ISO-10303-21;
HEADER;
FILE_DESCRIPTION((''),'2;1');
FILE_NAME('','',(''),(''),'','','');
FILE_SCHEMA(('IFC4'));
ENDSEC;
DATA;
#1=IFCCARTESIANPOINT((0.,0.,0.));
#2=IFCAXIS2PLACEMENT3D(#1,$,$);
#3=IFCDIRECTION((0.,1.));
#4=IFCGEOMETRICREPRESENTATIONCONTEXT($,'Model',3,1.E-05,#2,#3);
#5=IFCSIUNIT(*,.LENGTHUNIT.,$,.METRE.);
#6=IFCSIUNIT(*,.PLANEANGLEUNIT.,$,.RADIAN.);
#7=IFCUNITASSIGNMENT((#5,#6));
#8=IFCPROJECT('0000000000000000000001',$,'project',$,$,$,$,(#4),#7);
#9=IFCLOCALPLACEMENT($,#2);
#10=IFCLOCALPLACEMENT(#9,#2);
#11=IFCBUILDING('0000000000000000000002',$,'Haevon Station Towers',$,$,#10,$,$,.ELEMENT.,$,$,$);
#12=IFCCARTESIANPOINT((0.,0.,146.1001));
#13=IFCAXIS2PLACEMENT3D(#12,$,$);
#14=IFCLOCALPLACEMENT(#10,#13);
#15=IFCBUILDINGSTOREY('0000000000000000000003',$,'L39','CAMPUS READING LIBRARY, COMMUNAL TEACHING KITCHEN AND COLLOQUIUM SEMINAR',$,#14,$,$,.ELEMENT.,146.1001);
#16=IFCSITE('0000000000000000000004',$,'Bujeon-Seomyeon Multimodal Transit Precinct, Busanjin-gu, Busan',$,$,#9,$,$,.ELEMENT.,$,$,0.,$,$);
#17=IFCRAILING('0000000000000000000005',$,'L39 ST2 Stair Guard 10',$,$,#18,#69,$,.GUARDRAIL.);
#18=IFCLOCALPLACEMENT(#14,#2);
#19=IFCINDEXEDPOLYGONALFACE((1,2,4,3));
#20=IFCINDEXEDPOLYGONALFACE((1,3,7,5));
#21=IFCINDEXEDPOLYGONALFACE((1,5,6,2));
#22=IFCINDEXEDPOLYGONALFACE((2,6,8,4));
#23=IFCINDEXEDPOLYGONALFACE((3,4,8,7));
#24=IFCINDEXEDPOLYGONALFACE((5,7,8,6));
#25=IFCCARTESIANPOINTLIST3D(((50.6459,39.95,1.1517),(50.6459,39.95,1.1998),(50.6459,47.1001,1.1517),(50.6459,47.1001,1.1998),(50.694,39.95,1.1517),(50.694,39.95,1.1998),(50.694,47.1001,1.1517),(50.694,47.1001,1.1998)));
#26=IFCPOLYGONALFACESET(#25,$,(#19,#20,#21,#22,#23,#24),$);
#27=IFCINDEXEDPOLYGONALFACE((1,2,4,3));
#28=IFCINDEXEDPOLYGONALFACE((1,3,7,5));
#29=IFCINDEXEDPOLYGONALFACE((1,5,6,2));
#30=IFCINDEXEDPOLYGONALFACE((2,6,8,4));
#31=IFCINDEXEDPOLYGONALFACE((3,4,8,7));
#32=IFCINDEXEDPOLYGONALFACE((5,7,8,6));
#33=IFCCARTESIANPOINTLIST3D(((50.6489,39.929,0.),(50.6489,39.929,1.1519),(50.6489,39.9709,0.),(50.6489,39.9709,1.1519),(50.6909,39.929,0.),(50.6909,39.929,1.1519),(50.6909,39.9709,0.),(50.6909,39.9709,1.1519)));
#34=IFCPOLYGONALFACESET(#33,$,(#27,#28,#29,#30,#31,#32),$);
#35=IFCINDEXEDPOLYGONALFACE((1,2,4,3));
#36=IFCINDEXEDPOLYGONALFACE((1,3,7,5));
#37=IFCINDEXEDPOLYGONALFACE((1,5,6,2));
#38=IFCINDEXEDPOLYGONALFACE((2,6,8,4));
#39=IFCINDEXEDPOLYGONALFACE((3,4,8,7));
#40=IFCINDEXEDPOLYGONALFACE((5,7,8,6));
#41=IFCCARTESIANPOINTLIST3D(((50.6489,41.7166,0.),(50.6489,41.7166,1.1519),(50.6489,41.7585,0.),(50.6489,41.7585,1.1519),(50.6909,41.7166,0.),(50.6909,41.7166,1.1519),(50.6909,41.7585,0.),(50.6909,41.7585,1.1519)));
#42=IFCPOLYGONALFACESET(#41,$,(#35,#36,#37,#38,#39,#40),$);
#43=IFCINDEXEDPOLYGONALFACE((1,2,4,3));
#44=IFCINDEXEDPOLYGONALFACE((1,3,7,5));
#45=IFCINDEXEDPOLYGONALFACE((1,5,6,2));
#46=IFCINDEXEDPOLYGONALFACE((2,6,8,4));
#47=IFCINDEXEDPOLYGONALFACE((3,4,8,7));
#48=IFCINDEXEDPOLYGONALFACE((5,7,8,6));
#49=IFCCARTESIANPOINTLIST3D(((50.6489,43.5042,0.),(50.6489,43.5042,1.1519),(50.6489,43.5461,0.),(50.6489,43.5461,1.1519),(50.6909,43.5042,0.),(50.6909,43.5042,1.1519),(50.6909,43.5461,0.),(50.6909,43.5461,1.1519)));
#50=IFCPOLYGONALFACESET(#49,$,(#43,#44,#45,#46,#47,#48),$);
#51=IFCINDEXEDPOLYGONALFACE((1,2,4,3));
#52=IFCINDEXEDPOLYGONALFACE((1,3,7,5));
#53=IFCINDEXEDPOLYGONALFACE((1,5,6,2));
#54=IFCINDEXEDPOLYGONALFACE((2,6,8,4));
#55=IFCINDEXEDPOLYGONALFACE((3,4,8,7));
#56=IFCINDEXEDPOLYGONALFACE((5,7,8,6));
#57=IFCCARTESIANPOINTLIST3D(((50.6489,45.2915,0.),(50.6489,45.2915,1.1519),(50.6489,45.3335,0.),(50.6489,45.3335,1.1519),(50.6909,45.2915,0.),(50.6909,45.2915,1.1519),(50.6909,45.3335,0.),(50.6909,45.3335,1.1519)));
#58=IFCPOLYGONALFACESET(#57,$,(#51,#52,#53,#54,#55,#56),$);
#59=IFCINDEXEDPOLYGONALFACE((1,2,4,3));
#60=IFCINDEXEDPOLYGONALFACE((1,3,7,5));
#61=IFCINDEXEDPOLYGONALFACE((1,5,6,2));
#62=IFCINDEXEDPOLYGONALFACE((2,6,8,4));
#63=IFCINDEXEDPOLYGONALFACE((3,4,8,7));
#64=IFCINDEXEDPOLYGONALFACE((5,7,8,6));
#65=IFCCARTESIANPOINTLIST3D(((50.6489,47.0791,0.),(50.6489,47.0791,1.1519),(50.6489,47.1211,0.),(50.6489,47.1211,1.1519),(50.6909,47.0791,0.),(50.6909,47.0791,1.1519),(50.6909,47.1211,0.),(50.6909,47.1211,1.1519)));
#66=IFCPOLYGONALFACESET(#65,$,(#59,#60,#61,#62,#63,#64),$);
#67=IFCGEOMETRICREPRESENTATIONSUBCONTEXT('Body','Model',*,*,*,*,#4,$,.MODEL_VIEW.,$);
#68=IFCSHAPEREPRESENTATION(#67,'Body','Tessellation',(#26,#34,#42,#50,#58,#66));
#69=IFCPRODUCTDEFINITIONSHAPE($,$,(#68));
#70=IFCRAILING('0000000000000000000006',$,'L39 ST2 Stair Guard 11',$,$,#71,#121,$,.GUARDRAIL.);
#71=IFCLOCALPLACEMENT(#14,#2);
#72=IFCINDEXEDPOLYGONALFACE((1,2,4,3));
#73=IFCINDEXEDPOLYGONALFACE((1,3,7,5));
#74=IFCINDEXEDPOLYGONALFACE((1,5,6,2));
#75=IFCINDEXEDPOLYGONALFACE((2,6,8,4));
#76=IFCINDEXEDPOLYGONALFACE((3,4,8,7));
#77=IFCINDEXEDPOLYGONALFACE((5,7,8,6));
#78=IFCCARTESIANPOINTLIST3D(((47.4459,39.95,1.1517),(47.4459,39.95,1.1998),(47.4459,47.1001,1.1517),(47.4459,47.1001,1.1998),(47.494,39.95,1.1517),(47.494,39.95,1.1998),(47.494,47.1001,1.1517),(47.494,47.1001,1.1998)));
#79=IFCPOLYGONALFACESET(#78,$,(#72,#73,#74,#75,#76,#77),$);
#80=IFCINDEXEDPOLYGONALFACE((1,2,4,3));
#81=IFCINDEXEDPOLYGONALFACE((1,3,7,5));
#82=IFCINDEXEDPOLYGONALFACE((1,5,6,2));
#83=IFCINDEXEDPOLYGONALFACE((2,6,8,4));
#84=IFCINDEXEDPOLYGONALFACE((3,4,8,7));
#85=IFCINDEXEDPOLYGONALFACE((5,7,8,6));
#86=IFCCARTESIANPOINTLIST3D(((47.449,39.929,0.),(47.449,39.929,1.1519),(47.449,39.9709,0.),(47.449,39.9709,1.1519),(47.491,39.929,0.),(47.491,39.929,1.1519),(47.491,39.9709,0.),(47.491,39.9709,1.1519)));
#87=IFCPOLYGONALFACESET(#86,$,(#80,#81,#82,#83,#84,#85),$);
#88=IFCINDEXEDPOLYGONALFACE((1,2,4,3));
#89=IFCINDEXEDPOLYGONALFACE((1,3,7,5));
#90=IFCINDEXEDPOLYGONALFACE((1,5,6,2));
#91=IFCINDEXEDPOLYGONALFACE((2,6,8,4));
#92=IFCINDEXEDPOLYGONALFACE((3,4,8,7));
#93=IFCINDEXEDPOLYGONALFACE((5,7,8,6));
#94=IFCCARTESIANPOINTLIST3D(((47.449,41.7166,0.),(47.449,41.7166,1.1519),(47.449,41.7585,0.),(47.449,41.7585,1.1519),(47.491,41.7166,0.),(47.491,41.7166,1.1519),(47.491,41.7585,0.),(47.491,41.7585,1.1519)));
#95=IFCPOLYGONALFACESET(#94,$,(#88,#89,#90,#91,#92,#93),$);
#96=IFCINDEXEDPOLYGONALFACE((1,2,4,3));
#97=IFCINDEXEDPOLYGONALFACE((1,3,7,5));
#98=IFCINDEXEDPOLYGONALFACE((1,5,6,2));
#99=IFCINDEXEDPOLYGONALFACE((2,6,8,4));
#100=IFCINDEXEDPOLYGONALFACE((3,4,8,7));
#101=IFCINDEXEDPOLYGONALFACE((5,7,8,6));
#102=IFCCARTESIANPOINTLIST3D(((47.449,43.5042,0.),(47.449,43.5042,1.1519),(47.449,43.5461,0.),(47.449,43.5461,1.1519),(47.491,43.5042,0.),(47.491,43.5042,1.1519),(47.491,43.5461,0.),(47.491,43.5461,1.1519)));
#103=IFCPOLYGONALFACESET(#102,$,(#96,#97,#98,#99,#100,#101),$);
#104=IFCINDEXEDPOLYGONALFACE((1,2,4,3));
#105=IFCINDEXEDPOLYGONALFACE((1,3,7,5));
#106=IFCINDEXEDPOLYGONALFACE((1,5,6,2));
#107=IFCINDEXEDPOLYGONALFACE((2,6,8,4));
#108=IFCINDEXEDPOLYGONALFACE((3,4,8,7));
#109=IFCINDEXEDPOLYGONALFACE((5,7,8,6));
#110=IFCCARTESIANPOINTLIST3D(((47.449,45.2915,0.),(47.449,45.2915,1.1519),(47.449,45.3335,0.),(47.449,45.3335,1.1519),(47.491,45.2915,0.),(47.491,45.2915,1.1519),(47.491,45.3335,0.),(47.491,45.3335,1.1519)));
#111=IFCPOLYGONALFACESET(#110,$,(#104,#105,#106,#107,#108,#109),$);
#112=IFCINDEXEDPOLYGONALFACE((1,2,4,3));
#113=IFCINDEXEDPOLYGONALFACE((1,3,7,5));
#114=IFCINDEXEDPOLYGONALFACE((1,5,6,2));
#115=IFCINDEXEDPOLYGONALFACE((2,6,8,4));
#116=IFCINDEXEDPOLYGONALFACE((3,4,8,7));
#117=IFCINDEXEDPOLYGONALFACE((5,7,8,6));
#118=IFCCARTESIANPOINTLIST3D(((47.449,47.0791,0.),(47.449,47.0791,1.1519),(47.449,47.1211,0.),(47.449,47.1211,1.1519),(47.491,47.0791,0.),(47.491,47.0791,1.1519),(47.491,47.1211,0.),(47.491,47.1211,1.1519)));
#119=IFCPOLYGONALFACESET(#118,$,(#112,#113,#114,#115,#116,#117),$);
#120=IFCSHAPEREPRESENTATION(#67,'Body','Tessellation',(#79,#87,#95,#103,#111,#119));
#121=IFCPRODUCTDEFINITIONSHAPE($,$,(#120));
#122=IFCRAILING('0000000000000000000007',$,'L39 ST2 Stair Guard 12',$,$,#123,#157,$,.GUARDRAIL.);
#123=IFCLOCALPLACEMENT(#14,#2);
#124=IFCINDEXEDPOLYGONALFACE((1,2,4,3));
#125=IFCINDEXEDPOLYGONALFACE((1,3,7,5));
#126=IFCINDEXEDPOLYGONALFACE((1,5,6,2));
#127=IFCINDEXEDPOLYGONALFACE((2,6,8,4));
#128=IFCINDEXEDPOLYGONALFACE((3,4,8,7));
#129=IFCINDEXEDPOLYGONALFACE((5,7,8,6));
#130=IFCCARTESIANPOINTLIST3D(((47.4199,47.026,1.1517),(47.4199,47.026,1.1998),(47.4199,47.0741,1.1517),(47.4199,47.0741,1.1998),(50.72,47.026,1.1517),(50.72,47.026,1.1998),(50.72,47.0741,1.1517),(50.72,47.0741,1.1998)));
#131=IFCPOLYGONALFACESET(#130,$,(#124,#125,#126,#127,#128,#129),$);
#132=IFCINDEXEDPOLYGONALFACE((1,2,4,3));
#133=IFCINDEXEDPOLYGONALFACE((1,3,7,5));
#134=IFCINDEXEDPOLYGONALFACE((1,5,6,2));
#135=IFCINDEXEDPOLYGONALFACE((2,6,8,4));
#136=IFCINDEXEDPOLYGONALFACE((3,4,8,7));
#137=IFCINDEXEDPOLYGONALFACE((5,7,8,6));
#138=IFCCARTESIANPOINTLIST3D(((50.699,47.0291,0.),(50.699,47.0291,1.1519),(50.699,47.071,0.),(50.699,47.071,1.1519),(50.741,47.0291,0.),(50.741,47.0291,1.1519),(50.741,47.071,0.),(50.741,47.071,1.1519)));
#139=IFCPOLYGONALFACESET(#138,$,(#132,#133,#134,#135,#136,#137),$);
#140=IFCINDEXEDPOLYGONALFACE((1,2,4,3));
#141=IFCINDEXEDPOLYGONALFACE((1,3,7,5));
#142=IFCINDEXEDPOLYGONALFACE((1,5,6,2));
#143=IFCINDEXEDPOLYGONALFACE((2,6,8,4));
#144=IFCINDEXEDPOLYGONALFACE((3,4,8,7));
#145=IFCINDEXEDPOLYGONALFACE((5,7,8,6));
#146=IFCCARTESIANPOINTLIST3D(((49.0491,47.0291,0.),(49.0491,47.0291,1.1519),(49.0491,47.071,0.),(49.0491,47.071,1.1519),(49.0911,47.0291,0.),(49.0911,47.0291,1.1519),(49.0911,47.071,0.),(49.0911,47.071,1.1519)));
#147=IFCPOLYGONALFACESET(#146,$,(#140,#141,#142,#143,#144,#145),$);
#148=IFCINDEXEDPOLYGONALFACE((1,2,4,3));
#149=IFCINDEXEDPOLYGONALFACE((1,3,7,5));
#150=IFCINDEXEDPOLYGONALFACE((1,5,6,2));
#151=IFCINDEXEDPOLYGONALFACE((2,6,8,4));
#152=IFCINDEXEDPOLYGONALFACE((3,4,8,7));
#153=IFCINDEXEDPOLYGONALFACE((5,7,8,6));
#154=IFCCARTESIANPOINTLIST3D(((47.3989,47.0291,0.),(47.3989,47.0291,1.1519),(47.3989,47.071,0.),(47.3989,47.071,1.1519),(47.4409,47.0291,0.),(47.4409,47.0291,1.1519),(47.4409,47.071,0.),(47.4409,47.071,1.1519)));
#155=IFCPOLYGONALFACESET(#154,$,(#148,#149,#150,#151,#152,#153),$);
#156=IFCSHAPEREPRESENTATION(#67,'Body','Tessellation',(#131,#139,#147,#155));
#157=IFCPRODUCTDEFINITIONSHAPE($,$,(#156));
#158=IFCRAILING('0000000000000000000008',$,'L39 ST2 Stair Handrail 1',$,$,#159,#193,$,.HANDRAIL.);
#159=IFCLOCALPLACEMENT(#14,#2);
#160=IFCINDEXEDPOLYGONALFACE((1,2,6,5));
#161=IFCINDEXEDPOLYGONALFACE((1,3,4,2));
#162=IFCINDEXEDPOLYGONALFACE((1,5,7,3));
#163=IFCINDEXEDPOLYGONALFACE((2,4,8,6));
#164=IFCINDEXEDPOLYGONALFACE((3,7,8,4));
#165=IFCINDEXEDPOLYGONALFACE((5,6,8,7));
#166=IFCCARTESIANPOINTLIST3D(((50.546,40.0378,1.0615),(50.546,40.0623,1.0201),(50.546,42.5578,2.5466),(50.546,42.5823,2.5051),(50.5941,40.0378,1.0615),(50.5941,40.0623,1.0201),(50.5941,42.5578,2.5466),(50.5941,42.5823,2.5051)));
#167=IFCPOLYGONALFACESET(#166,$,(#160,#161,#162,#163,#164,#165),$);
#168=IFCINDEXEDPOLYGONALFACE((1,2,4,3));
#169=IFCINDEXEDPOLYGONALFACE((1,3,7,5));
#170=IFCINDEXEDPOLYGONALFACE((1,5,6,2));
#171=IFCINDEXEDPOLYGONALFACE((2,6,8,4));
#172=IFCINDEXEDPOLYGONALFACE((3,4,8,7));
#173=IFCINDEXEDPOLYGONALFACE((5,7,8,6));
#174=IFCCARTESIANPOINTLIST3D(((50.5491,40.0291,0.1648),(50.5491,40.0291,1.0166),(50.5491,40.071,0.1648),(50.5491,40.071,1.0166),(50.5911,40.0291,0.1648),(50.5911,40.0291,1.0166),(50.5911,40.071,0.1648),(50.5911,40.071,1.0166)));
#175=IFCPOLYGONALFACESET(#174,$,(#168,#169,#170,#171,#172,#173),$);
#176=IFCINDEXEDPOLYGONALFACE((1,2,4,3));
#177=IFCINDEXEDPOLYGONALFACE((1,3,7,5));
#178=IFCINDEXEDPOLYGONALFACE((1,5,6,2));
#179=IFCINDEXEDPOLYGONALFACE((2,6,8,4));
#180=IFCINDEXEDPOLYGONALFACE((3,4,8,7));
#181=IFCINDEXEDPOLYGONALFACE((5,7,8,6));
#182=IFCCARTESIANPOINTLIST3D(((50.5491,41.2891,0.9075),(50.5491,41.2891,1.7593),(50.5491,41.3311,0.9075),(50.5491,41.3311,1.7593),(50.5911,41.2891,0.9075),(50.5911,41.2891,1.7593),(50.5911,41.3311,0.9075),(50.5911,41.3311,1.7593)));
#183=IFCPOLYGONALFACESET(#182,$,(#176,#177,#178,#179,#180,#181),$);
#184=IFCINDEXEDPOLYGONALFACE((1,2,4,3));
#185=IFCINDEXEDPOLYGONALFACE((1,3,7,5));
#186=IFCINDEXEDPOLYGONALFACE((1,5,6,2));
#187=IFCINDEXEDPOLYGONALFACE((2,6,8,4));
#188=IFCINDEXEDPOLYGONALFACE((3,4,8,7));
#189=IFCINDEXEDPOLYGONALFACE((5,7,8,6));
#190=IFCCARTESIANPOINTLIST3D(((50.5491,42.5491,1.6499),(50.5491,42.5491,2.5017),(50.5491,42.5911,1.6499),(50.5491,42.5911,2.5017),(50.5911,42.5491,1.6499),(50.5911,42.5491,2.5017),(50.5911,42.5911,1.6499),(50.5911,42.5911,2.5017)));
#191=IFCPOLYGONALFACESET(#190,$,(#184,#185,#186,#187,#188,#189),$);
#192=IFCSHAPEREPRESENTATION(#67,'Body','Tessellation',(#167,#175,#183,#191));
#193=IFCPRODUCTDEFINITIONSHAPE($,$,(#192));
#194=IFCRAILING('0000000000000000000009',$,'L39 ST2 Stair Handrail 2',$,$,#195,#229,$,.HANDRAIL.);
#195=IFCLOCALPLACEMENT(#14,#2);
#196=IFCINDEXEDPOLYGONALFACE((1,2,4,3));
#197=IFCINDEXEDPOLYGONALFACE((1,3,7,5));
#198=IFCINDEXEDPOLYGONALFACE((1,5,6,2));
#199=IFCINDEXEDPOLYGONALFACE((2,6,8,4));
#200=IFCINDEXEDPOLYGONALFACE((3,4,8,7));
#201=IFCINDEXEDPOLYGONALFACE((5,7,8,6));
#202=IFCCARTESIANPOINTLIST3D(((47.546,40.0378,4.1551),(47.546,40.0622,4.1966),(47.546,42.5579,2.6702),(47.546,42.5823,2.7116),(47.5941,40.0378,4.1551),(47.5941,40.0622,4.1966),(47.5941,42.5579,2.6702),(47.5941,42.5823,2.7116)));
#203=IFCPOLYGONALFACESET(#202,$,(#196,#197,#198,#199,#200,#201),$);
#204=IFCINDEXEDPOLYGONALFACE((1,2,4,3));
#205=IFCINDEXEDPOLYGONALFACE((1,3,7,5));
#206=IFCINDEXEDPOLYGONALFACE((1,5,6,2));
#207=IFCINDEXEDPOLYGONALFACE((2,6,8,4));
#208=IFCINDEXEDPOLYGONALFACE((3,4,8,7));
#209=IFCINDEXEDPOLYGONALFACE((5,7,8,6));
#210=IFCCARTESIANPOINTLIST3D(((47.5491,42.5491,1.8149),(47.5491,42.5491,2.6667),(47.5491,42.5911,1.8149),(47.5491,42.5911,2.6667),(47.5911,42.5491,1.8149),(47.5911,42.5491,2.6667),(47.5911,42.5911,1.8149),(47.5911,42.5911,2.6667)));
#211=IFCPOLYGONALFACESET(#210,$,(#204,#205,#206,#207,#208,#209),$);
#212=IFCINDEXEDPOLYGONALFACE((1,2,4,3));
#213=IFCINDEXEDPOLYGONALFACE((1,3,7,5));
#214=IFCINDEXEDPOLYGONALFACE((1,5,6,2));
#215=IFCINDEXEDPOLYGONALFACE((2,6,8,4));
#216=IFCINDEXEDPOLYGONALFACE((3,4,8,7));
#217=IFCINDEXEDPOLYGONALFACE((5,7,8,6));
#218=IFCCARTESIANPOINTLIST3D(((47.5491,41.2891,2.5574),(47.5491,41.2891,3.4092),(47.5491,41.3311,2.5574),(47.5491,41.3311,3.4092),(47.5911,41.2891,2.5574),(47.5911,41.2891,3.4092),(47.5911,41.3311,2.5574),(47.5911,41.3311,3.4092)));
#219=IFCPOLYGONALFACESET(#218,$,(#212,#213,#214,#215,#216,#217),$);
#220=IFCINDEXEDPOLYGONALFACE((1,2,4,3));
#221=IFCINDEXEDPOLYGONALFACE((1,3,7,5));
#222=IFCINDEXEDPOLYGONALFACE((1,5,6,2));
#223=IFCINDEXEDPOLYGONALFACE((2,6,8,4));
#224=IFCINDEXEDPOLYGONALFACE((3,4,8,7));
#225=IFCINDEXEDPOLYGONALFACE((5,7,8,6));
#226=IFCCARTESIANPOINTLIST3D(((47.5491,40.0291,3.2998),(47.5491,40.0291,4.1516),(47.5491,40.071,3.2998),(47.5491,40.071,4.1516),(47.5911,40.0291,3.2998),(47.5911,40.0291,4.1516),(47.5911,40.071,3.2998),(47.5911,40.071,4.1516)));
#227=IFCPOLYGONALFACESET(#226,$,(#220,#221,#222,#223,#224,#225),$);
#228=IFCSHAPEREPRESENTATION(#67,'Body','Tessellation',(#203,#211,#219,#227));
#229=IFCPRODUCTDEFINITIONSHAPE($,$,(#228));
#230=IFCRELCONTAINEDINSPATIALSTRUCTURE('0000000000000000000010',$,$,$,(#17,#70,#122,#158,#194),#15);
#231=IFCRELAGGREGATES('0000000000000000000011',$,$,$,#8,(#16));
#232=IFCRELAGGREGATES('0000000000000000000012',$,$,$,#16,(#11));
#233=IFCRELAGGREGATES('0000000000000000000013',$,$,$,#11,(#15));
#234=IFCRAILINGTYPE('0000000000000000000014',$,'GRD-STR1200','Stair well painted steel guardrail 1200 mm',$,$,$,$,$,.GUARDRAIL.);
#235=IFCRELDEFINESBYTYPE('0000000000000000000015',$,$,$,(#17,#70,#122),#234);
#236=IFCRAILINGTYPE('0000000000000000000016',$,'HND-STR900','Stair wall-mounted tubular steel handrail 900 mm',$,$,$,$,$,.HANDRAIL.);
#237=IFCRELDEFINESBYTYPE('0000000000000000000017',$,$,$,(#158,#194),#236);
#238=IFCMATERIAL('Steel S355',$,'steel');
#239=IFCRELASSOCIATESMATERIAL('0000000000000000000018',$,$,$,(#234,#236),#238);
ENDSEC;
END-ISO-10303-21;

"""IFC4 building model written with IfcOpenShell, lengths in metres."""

from ifc_helpers import new_model, si_unit, direction, frame, origin, origin_2d, place, context, subcontext, project, spatial, rectangle, extrude, material, type_object, element, save


model = new_model("IFC4")

# Units and contexts
model_context = context("Model", 3, precision=1e-05, world=origin(), true_north=direction((0.0, 1.0)))
body_context = subcontext(model_context, "Body", "Model", "MODEL_VIEW")
ifc_project = project(units=[si_unit("LENGTHUNIT", "METRE"), si_unit("PLANEANGLEUNIT", "RADIAN")], contexts=[model_context])

# Site, building, storey
site_placement = place(None, origin())
site = spatial("IfcSite", under=ifc_project, at=site_placement, Name="Bujeon-Seomyeon Multimodal Transit Precinct, Busanjin-gu, Busan", CompositionType="ELEMENT", RefElevation=0.0)
building_placement = place(site_placement, origin())
building = spatial("IfcBuilding", under=site, at=building_placement, Name="Haevon Station Towers", CompositionType="ELEMENT")
storey_placement = place(building_placement, frame((0.0, 0.0, 146.1001)))
storey = spatial("IfcBuildingStorey", under=building, at=storey_placement, Name="L39", Description="CAMPUS READING LIBRARY, COMMUNAL TEACHING KITCHEN AND COLLOQUIUM SEMINAR", CompositionType="ELEMENT", Elevation=146.1001)

# Shared definitions
ifc_material_1 = material(Name="Steel S355", Category="steel")

# Railings
railing_type_1 = type_object("IfcRailingType", Name="GRD-STR1200", Description="Stair well painted steel guardrail 1200 mm", PredefinedType="GUARDRAIL", material=ifc_material_1)
for number, where, name in (
    (1, (50.6699, 39.95, 0.0), "L39 ST2 Stair Guard 10"),
    (2, (47.47, 39.95, 0.0), "L39 ST2 Stair Guard 11"),
):
    element("IfcRailing", number, at=place(storey_placement, frame(where)), inside=storey, type_object=railing_type_1, Name=name, PredefinedType="GUARDRAIL", context=body_context, shape_type="SweptSolid", body=[
        extrude(rectangle(XDim=0.0481, YDim=0.0481, at=origin_2d()), frame((0.0, 0.0, 1.1758), z_axis=(0.0, 1.0, 0.0), x_axis=(-1.0, 0.0, 0.0)), (0.0, 0.0, 1.0), 7.1501),
        extrude(rectangle(XDim=0.042, YDim=0.042, at=origin_2d()), origin(), (0.0, 0.0, 1.0), 1.1519),
        extrude(rectangle(XDim=0.042, YDim=0.042, at=origin_2d()), frame((0.0, 1.7876, 0.0)), (0.0, 0.0, 1.0), 1.1519),
        extrude(rectangle(XDim=0.042, YDim=0.042, at=origin_2d()), frame((0.0, 3.5752, 0.0)), (0.0, 0.0, 1.0), 1.1519),
        extrude(rectangle(XDim=0.042, YDim=0.042, at=origin_2d()), frame((0.0, 5.3625, 0.0)), (0.0, 0.0, 1.0), 1.1519),
        extrude(rectangle(XDim=0.042, YDim=0.042, at=origin_2d()), frame((0.0, 7.1501, 0.0)), (0.0, 0.0, 1.0), 1.1519),
    ])
railing_1_placement = place(storey_placement, frame((50.72, 47.05, 0.0)))
element("IfcRailing", 3, at=railing_1_placement, inside=storey, type_object=railing_type_1, Name="L39 ST2 Stair Guard 12", PredefinedType="GUARDRAIL", context=body_context, shape_type="SweptSolid", body=[
    extrude(rectangle(XDim=0.0481, YDim=0.0481, at=origin_2d()), frame((0.0, 0.0, 1.1758), z_axis=(-1.0, 0.0, 0.0), x_axis=(0.0, -1.0, 0.0)), (0.0, 0.0, 1.0), 3.3),
    extrude(rectangle(XDim=0.042, YDim=0.042, at=origin_2d()), origin(), (0.0, 0.0, 1.0), 1.1519),
    extrude(rectangle(XDim=0.042, YDim=0.042, at=origin_2d()), frame((-1.6499, 0.0, 0.0)), (0.0, 0.0, 1.0), 1.1519),
    extrude(rectangle(XDim=0.042, YDim=0.042, at=origin_2d()), frame((-3.3, 0.0, 0.0)), (0.0, 0.0, 1.0), 1.1519),
])
railing_type_2 = type_object("IfcRailingType", Name="HND-STR900", Description="Stair wall-mounted tubular steel handrail 900 mm", PredefinedType="HANDRAIL", material=ifc_material_1)
railing_2_placement = place(storey_placement, frame((50.5701, 40.05, 0.1648)))
element("IfcRailing", 4, at=railing_2_placement, inside=storey, type_object=railing_type_2, Name="L39 ST2 Stair Handrail 1", PredefinedType="HANDRAIL", context=body_context, shape_type="SweptSolid", body=[
    extrude(rectangle(XDim=0.0481, YDim=0.0481, at=origin_2d()), frame((0.0, 0.0, 0.876), z_axis=(0.0, 0.861524, 0.507717), x_axis=(-1.0, 0.0, 0.0)), (0.0, 0.0, 1.0), 2.925),
    extrude(rectangle(XDim=0.042, YDim=0.042, at=origin_2d()), origin(), (0.0, 0.0, 1.0), 0.8518),
    extrude(rectangle(XDim=0.042, YDim=0.042, at=origin_2d()), frame((0.0, 1.26, 0.7427)), (0.0, 0.0, 1.0), 0.8518),
    extrude(rectangle(XDim=0.042, YDim=0.042, at=origin_2d()), frame((0.0, 2.52, 1.4851)), (0.0, 0.0, 1.0), 0.8518),
])
railing_3_placement = place(storey_placement, frame((47.5701, 42.5701, 1.8149)))
element("IfcRailing", 5, at=railing_3_placement, inside=storey, type_object=railing_type_2, Name="L39 ST2 Stair Handrail 2", PredefinedType="HANDRAIL", context=body_context, shape_type="SweptSolid", body=[
    extrude(rectangle(XDim=0.0481, YDim=0.0481, at=origin_2d()), frame((0.0, 0.0, 0.876), z_axis=(0.0, -0.861561, 0.507655), x_axis=(1.0, 0.0, 0.0)), (0.0, 0.0, 1.0), 2.925),
    extrude(rectangle(XDim=0.042, YDim=0.042, at=origin_2d()), origin(), (0.0, 0.0, 1.0), 0.8518),
    extrude(rectangle(XDim=0.042, YDim=0.042, at=origin_2d()), frame((0.0, -1.26, 0.7424)), (0.0, 0.0, 1.0), 0.8518),
    extrude(rectangle(XDim=0.042, YDim=0.042, at=origin_2d()), frame((0.0, -2.52, 1.4849)), (0.0, 0.0, 1.0), 0.8518),
])

save(model, "model.ifc")
